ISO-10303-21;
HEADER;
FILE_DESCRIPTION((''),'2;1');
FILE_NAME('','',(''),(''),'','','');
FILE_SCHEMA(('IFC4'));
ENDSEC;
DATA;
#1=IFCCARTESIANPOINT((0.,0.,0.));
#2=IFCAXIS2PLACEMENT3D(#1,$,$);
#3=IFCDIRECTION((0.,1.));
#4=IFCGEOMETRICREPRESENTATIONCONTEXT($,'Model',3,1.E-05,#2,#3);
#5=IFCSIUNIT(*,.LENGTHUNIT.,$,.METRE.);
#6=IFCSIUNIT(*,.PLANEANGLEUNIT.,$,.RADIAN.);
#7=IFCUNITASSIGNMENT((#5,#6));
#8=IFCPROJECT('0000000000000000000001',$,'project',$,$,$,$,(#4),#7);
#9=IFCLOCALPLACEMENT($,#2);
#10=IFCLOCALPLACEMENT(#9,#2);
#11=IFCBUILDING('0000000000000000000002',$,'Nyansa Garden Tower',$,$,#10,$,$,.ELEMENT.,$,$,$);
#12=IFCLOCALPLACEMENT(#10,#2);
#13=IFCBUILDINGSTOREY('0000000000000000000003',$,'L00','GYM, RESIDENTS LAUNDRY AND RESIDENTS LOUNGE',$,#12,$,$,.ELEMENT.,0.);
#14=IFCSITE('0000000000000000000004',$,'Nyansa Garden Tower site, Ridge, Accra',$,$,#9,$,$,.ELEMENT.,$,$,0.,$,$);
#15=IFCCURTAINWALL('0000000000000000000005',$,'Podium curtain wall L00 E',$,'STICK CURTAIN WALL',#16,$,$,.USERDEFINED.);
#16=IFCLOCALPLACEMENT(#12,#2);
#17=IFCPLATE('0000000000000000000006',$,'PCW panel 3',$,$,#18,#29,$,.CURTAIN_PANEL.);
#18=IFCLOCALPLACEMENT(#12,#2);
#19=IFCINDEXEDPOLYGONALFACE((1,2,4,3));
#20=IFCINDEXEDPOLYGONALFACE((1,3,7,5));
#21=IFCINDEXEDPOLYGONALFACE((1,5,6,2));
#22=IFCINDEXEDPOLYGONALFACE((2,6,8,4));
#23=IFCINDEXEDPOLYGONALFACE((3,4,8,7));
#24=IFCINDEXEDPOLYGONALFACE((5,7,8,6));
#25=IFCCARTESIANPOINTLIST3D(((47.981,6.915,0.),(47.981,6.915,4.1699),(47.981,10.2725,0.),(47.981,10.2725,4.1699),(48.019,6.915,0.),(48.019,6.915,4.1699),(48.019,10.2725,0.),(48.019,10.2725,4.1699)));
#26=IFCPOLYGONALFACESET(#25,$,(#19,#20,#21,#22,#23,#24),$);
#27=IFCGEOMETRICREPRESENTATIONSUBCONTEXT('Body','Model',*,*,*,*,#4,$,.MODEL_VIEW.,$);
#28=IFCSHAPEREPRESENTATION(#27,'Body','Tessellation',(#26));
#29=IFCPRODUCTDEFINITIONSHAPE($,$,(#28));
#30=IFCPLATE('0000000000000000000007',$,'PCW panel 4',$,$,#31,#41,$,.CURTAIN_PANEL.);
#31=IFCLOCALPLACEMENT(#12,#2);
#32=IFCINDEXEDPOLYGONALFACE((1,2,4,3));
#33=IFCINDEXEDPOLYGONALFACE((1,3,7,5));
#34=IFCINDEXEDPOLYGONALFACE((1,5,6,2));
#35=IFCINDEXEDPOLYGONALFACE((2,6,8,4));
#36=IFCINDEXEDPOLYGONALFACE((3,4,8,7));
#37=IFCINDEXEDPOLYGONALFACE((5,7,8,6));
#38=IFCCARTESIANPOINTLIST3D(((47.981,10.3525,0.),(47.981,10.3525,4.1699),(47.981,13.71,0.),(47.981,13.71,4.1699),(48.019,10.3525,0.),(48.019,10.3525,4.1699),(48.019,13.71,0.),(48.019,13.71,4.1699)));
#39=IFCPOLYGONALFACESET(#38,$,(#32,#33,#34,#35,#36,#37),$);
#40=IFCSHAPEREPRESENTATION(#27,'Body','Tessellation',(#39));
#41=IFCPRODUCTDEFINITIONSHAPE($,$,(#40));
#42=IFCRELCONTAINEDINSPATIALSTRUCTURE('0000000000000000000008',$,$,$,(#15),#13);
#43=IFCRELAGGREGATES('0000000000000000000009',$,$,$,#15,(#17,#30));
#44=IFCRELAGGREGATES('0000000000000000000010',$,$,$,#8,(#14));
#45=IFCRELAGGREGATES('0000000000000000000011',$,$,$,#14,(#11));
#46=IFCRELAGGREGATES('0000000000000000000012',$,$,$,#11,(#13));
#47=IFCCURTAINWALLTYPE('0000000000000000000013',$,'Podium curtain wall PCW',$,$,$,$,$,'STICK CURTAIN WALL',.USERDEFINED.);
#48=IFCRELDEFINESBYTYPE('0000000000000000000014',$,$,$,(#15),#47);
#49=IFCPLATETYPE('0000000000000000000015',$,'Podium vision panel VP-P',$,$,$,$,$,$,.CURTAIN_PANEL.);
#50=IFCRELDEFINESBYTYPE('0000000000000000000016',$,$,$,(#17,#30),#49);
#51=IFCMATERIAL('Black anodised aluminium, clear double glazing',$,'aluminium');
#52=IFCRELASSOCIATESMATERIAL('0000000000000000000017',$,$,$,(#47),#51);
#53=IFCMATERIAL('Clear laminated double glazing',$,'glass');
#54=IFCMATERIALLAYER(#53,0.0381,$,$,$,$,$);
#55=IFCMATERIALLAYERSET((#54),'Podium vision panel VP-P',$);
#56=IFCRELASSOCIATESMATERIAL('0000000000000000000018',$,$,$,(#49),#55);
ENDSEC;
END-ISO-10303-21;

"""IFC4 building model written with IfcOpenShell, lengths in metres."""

from ifc_helpers import new_model, si_unit, direction, frame, origin, origin_2d, place, context, subcontext, project, spatial, rectangle, extrude, material, layer, layer_set, type_object, element, aggregate, save


model = new_model("IFC4")

# Units and contexts
model_context = context("Model", 3, precision=1e-05, world=origin(), true_north=direction((0.0, 1.0)))
body_context = subcontext(model_context, "Body", "Model", "MODEL_VIEW")
ifc_project = project(units=[si_unit("LENGTHUNIT", "METRE"), si_unit("PLANEANGLEUNIT", "RADIAN")], contexts=[model_context])

# Site, building, storey
site_placement = place(None, origin())
site = spatial("IfcSite", under=ifc_project, at=site_placement, Name="Nyansa Garden Tower site, Ridge, Accra", CompositionType="ELEMENT", RefElevation=0.0)
building_placement = place(site_placement, origin())
building = spatial("IfcBuilding", under=site, at=building_placement, Name="Nyansa Garden Tower", CompositionType="ELEMENT")
storey_placement = place(building_placement, origin())
storey = spatial("IfcBuildingStorey", under=building, at=storey_placement, Name="L00", Description="GYM, RESIDENTS LAUNDRY AND RESIDENTS LOUNGE", CompositionType="ELEMENT", Elevation=0.0)

# Curtain wall
ifc_material_1 = material(Name="Black anodised aluminium, clear double glazing", Category="aluminium")
curtain_wall_type = type_object("IfcCurtainWallType", Name="Podium curtain wall PCW", ElementType="STICK CURTAIN WALL", PredefinedType="USERDEFINED", material=ifc_material_1)
curtain_wall_placement = place(storey_placement, origin())
curtain_wall = element("IfcCurtainWall", 1, at=curtain_wall_placement, inside=storey, type_object=curtain_wall_type, Name="Podium curtain wall L00 E", ObjectType="STICK CURTAIN WALL", PredefinedType="USERDEFINED")

# Plates
ifc_material_2 = material(Name="Clear laminated double glazing", Category="glass")
ifc_layer = layer(ifc_material_2, 0.0381)
ifc_layer_set = layer_set([ifc_layer], Name="Podium vision panel VP-P")
plate_type = type_object("IfcPlateType", Name="Podium vision panel VP-P", PredefinedType="CURTAIN_PANEL", material=ifc_layer_set)
plate_1_placement = place(storey_placement, frame((48.0, 8.5938, 0.0), z_axis=(0.0, 0.0, 1.0), x_axis=(0.0, 1.0, 0.0)))
plate_1 = element("IfcPlate", 2, at=plate_1_placement, type_object=plate_type, Name="PCW panel 3", PredefinedType="CURTAIN_PANEL", context=body_context, shape_type="SweptSolid", body=[
    extrude(rectangle(XDim=3.3574, YDim=0.0381, at=origin_2d()), origin(), (0.0, 0.0, 1.0), 4.1699),
])
plate_2_placement = place(storey_placement, frame((48.0, 12.0312, 0.0), z_axis=(0.0, 0.0, 1.0), x_axis=(0.0, 1.0, 0.0)))
plate_2 = element("IfcPlate", 3, at=plate_2_placement, type_object=plate_type, Name="PCW panel 4", PredefinedType="CURTAIN_PANEL", context=body_context, shape_type="SweptSolid", body=[
    extrude(rectangle(XDim=3.3574, YDim=0.0381, at=origin_2d()), origin(), (0.0, 0.0, 1.0), 4.1699),
])
aggregate(curtain_wall, [plate_1, plate_2])

save(model, "model.ifc")
